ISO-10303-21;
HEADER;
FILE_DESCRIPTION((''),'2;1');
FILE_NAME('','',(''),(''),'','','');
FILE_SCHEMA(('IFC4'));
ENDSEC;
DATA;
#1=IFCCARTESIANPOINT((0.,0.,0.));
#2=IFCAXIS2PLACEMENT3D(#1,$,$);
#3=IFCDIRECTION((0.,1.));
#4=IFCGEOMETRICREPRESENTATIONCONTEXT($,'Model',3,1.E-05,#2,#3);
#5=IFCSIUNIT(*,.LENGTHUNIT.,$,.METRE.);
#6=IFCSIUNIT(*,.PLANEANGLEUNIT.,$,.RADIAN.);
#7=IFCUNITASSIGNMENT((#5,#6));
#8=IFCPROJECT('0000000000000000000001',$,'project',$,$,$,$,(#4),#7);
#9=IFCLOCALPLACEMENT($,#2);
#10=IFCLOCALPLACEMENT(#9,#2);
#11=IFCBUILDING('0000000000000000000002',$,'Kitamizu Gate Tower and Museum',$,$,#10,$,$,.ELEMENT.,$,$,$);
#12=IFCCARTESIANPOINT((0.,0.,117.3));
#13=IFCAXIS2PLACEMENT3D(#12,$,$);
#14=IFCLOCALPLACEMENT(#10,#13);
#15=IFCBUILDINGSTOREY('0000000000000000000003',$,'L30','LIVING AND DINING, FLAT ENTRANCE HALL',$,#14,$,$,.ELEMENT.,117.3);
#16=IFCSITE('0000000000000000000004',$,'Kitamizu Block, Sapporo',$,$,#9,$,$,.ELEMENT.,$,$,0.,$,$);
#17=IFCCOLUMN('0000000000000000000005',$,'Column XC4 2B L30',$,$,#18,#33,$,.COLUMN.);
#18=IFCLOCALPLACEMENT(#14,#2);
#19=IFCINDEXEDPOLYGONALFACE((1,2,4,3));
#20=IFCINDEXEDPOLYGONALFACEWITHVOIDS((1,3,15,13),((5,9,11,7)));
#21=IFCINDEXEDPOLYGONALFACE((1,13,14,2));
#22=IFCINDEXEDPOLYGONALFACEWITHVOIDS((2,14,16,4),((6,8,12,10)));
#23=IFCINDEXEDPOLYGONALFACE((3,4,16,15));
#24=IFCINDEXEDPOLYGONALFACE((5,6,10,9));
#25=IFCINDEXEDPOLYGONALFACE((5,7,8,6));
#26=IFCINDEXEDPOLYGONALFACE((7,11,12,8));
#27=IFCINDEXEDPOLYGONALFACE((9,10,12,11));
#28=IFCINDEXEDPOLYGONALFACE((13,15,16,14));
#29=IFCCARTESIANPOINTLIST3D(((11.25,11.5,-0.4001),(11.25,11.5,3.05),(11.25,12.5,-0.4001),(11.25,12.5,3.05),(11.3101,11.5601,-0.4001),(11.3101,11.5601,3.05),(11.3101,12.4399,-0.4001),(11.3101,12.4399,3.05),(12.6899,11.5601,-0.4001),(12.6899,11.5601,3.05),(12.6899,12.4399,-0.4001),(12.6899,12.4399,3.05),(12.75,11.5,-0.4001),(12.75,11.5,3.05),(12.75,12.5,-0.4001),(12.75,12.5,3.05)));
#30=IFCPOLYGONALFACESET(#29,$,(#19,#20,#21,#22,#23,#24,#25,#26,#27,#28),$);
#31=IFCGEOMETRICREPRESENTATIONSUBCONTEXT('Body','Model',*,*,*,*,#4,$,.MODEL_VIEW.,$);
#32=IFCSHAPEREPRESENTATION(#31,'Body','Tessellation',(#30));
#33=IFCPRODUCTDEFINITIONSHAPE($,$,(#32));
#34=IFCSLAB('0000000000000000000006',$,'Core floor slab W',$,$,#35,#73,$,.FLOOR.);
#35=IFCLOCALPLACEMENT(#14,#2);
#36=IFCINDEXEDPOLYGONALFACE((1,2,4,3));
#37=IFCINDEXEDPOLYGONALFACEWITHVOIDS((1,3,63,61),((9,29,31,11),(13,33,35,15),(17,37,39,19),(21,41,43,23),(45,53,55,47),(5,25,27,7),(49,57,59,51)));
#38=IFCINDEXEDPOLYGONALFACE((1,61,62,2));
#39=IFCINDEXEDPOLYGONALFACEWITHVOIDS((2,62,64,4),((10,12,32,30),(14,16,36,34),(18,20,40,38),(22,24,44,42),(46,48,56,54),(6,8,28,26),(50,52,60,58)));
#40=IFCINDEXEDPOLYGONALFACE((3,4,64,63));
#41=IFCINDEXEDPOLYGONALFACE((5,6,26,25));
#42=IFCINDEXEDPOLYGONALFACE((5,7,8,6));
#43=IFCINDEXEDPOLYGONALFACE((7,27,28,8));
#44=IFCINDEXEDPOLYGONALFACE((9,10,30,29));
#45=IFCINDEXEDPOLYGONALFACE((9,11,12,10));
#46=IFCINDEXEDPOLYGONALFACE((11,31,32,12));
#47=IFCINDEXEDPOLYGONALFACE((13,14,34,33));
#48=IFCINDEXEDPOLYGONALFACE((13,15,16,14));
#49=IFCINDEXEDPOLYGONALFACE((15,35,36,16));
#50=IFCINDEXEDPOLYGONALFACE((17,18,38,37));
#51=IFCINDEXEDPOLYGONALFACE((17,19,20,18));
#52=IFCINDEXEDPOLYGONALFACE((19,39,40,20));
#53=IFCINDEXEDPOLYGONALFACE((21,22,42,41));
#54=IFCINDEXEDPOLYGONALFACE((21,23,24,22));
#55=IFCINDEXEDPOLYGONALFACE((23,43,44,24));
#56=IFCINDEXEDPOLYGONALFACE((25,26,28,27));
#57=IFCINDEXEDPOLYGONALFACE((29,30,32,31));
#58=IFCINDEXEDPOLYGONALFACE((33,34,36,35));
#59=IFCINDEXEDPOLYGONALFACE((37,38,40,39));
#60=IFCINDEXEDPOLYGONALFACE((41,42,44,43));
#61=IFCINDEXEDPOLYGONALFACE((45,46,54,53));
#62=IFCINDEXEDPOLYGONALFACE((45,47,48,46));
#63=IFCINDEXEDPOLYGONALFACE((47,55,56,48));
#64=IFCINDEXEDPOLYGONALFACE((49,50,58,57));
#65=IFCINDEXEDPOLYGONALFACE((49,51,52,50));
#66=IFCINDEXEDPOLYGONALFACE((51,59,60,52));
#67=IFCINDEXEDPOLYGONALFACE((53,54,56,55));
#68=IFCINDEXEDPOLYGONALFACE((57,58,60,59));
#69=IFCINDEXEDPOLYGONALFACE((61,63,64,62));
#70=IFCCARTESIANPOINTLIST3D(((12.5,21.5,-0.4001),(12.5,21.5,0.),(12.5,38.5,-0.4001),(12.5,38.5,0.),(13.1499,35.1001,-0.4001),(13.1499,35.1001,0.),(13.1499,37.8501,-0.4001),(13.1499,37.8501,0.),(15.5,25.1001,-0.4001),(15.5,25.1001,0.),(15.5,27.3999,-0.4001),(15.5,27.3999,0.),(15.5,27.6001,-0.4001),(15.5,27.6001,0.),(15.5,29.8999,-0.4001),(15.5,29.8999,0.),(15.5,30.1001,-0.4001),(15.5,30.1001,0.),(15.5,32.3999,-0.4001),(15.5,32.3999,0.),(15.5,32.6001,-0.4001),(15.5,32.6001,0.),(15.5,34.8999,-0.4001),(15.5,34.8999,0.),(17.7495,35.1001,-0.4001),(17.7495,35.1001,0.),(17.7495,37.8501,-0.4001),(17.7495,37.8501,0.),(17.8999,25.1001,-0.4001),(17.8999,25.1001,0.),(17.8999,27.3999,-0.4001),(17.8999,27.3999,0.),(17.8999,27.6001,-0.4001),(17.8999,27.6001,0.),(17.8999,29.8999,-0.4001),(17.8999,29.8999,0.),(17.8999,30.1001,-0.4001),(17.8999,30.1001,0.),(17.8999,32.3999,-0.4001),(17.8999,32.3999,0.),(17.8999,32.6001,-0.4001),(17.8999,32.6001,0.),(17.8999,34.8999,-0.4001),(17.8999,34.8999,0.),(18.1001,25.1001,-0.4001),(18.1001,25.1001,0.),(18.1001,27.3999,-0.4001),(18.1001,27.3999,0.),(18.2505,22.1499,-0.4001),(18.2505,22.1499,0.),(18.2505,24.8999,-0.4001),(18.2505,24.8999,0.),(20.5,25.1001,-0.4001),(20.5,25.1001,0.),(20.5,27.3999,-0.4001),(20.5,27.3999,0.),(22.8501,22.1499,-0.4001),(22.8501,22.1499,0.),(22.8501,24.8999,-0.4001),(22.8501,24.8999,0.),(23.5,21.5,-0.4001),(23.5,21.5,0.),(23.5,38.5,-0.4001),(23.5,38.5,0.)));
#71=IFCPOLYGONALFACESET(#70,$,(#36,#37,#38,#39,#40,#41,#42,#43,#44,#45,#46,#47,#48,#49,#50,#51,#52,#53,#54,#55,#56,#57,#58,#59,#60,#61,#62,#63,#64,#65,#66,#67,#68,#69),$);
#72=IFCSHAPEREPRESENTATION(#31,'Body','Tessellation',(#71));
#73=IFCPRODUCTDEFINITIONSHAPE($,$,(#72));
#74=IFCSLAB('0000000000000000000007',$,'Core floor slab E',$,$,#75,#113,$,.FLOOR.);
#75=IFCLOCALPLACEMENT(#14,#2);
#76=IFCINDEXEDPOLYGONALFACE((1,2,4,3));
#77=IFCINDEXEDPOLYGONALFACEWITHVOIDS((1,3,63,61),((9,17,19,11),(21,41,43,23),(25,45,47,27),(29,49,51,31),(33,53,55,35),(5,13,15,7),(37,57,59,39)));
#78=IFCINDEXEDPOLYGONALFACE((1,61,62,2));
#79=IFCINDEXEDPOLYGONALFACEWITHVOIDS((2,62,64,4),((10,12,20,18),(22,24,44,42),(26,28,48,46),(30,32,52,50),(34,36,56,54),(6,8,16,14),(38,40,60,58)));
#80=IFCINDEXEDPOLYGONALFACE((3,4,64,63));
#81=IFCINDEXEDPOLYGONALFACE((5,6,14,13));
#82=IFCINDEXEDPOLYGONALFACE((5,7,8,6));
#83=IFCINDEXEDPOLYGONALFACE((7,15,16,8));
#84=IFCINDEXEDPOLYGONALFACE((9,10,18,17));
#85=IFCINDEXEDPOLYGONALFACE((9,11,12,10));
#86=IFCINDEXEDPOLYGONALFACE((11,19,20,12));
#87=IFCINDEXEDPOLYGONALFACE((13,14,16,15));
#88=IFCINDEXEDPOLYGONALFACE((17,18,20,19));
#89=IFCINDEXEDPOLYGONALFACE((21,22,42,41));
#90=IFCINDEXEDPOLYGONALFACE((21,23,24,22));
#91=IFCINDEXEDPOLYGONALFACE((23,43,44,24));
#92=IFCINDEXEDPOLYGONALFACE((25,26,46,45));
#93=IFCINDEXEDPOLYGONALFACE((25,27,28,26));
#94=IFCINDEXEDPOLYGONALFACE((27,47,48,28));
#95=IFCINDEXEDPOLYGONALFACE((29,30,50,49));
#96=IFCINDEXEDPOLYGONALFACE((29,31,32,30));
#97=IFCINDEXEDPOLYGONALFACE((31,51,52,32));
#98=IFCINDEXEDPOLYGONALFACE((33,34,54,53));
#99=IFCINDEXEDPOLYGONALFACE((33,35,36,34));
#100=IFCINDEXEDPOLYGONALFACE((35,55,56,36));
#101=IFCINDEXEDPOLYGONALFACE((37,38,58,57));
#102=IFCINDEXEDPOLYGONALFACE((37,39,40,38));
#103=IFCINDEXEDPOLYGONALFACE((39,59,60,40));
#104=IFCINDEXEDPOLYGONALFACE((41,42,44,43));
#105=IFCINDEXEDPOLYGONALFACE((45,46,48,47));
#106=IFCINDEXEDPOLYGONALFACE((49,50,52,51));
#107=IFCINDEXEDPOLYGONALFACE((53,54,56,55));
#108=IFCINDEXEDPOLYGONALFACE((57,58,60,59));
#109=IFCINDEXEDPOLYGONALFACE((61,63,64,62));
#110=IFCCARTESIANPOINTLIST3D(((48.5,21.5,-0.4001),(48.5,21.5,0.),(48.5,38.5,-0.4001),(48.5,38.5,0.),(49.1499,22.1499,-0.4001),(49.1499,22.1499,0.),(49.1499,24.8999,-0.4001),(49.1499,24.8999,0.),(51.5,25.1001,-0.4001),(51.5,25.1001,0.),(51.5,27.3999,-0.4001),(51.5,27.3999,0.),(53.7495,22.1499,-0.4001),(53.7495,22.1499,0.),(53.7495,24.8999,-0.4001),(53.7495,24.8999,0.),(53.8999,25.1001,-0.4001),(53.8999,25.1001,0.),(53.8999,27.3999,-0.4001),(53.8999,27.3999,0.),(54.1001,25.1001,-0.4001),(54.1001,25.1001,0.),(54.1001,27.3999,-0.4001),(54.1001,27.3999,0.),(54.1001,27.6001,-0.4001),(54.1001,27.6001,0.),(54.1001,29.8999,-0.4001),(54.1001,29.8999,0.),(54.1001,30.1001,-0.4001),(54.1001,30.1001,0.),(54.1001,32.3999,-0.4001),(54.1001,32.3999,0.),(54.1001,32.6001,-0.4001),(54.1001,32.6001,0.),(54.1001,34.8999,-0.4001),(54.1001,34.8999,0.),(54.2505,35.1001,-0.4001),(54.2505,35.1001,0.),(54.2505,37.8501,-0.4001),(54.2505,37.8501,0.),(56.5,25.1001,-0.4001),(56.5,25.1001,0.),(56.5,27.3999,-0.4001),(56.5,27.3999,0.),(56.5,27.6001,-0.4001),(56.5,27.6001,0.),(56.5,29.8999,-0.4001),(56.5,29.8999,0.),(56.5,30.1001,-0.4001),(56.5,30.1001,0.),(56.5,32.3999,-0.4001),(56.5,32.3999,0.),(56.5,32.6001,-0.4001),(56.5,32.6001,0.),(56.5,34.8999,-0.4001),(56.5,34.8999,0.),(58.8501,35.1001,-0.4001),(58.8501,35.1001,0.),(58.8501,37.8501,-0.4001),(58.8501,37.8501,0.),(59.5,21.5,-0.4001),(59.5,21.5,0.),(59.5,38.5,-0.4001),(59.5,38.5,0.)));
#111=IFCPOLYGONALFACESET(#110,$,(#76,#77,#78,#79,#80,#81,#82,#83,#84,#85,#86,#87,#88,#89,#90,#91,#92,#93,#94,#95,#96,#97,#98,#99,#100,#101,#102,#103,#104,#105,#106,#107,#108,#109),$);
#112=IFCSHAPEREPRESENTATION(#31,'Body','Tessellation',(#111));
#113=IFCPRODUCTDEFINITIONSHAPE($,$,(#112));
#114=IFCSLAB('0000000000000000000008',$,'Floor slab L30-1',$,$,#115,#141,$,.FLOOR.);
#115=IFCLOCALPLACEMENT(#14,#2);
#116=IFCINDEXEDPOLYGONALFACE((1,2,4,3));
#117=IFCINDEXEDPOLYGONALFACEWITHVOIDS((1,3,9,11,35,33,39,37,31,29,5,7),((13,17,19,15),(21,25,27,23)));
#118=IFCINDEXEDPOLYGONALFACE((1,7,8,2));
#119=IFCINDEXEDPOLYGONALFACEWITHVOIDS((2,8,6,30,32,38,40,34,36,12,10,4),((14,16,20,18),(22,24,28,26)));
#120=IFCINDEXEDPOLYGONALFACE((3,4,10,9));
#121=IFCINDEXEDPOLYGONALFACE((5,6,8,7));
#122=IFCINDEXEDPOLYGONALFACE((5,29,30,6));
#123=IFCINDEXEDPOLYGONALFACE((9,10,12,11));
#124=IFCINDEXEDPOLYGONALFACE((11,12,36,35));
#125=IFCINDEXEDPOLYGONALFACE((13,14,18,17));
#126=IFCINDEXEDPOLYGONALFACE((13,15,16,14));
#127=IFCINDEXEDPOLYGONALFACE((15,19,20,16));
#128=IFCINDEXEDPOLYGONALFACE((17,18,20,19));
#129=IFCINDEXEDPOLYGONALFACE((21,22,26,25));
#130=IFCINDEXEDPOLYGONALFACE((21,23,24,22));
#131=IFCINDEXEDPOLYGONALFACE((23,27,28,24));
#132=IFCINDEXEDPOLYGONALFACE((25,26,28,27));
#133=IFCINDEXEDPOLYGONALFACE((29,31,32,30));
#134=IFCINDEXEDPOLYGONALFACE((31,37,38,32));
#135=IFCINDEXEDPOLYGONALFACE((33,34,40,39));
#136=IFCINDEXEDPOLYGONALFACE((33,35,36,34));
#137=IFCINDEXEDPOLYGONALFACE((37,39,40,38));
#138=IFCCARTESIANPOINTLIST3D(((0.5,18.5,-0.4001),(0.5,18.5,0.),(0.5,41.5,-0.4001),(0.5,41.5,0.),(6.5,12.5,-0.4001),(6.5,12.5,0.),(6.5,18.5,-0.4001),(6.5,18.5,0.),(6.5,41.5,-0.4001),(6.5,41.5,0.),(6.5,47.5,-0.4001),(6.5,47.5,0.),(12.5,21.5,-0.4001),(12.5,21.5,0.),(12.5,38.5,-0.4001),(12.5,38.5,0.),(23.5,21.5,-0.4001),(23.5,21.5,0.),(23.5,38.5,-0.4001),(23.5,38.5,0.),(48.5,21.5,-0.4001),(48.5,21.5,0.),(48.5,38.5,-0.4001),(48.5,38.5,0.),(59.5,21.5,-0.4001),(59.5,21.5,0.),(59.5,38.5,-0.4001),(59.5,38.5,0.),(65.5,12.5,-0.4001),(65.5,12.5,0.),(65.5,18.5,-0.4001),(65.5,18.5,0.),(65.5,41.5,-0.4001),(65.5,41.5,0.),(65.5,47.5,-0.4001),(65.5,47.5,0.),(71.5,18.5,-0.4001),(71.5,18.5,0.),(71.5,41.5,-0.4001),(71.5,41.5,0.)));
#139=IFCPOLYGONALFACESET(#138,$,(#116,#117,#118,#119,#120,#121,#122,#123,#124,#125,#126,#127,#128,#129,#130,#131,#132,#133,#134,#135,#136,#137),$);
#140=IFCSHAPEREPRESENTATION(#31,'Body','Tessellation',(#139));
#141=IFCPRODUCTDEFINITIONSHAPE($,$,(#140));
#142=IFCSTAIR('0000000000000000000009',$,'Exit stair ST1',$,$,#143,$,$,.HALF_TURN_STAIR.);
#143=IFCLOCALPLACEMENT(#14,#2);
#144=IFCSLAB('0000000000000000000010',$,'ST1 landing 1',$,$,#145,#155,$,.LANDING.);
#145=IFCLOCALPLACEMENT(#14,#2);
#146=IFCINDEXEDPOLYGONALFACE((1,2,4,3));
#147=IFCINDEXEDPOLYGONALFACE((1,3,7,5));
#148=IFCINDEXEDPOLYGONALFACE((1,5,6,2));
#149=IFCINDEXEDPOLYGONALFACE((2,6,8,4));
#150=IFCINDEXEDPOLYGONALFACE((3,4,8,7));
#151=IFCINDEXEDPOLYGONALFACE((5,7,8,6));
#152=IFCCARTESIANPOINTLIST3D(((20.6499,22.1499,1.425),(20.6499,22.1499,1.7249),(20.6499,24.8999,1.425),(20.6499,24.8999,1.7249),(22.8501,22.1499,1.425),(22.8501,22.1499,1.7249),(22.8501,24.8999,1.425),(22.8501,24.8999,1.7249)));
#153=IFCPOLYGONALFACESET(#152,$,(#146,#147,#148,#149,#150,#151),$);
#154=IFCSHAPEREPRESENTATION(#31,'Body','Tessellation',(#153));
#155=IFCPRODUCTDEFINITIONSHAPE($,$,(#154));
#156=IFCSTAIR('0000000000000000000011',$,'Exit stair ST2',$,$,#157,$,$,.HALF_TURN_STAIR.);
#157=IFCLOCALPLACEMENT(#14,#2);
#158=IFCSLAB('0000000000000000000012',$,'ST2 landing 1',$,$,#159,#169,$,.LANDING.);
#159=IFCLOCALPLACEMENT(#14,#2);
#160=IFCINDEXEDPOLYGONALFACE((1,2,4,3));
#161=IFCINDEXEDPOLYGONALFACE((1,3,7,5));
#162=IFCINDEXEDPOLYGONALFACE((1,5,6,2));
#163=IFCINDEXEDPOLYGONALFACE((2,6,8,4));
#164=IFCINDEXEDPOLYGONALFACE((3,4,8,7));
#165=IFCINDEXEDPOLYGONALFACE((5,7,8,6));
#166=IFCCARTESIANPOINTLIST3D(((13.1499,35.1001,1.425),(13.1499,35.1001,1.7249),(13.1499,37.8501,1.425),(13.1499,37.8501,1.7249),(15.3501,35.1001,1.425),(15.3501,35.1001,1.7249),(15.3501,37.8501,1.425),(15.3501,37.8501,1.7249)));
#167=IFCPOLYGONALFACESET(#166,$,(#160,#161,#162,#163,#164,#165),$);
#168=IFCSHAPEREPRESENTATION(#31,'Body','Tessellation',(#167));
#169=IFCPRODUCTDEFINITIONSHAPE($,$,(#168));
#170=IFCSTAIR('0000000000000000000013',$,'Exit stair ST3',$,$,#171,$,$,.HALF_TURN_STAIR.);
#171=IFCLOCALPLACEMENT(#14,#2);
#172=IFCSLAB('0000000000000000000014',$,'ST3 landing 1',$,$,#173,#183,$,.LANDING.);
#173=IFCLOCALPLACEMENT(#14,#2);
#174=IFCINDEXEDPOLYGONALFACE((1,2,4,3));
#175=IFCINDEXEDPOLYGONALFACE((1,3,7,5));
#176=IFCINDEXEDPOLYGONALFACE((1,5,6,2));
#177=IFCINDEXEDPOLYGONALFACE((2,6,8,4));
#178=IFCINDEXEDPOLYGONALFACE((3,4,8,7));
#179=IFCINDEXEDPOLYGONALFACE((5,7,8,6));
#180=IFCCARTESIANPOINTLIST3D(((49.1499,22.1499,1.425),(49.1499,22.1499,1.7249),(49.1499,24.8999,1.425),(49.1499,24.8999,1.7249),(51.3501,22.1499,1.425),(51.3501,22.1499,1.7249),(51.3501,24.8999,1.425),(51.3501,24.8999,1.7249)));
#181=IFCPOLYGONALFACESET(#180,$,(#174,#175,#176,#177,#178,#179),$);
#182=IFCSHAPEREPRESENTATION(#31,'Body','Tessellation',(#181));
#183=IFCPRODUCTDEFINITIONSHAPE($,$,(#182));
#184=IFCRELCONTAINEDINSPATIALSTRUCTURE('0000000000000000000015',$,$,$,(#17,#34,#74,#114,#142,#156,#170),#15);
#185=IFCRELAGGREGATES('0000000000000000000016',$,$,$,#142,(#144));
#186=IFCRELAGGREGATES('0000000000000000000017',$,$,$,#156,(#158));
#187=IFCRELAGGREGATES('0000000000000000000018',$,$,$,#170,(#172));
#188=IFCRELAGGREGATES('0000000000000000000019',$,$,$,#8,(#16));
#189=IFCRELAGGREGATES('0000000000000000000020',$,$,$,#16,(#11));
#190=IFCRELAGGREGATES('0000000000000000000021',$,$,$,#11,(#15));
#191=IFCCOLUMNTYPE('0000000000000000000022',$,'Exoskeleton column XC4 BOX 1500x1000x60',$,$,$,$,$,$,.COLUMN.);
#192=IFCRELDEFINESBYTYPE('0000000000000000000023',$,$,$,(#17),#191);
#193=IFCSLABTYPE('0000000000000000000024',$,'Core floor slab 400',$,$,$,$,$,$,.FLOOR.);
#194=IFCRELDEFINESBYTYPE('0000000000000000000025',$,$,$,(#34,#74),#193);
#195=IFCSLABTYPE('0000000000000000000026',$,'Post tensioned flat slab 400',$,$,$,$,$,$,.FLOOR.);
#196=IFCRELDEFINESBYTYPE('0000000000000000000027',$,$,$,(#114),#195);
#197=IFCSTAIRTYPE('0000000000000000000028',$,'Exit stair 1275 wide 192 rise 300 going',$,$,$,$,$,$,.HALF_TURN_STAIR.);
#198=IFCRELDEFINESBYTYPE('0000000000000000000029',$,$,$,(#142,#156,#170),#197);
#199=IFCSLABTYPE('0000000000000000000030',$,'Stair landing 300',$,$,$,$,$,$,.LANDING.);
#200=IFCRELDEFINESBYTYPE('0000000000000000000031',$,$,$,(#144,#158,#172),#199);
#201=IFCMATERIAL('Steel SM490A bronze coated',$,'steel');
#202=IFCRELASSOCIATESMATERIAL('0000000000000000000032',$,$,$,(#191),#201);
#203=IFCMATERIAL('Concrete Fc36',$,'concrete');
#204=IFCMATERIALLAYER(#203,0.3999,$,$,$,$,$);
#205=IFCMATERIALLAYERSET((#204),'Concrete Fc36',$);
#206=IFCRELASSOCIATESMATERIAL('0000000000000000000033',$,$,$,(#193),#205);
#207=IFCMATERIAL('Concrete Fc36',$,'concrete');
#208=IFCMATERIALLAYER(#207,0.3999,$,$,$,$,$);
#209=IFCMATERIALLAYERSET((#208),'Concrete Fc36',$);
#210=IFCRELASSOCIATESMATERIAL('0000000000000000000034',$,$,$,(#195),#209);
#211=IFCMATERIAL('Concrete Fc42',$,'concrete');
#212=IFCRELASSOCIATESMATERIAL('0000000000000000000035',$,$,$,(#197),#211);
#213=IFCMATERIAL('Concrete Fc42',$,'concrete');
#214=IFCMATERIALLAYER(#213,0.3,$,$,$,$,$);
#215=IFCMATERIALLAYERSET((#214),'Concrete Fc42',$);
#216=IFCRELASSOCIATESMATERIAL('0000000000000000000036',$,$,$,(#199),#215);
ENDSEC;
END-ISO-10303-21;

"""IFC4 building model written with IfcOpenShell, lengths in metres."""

from ifc_helpers import new_model, si_unit, direction, frame, origin, origin_2d, place, context, subcontext, project, spatial, polyline, hollow_rectangle, outline, extrude, material, layer, layer_set, material_profile, profile_set, type_object, element, aggregate, save


model = new_model("IFC4")

# Units and contexts
model_context = context("Model", 3, precision=1e-05, world=origin(), true_north=direction((0.0, 1.0)))
body_context = subcontext(model_context, "Body", "Model", "MODEL_VIEW")
ifc_project = project(units=[si_unit("LENGTHUNIT", "METRE"), si_unit("PLANEANGLEUNIT", "RADIAN")], contexts=[model_context])

# Site, building, storey
site_placement = place(None, origin())
site = spatial("IfcSite", under=ifc_project, at=site_placement, Name="Kitamizu Block, Sapporo", CompositionType="ELEMENT", RefElevation=0.0)
building_placement = place(site_placement, origin())
building = spatial("IfcBuilding", under=site, at=building_placement, Name="Kitamizu Gate Tower and Museum", CompositionType="ELEMENT")
storey_placement = place(building_placement, frame((0.0, 0.0, 117.3)))
storey = spatial("IfcBuildingStorey", under=building, at=storey_placement, Name="L30", Description="LIVING AND DINING, FLAT ENTRANCE HALL", CompositionType="ELEMENT", Elevation=117.3)

# Column
ifc_material_1 = material(Name="Steel SM490A bronze coated", Category="steel")
ifc_material_profile = material_profile(ifc_material_1, hollow_rectangle(XDim=1.5, YDim=1.0, WallThickness=0.0601, at=origin_2d()), Name="BOX 1500x1000x60")
ifc_profile_set = profile_set([ifc_material_profile], Name="Steel SM490A bronze coated")
column_type = type_object("IfcColumnType", Name="Exoskeleton column XC4 BOX 1500x1000x60", PredefinedType="COLUMN", material=ifc_profile_set)
column_placement = place(storey_placement, frame((12.0, 12.0, -0.4001), z_axis=(0.0, 0.0, 1.0), x_axis=(1.0, 0.0, 0.0)))
element("IfcColumn", 1, at=column_placement, inside=storey, type_object=column_type, Name="Column XC4 2B L30", PredefinedType="COLUMN", context=body_context, shape_type="SweptSolid", body=[
    extrude(hollow_rectangle(XDim=1.5, YDim=1.0, WallThickness=0.0601, at=origin_2d()), origin(), (0.0, 0.0, 1.0), 3.4502),
])

# Slabs
ifc_material_2 = material(Name="Concrete Fc36", Category="concrete")
ifc_layer_1 = layer(ifc_material_2, 0.3999)
ifc_layer_set_1 = layer_set([ifc_layer_1], Name="Concrete Fc36")
slab_type_1 = type_object("IfcSlabType", Name="Core floor slab 400", PredefinedType="FLOOR", material=ifc_layer_set_1)
slab_1_placement = place(storey_placement, frame((0.0, 0.0, -0.4001)))
element("IfcSlab", 2, at=slab_1_placement, inside=storey, type_object=slab_type_1, Name="Core floor slab W", PredefinedType="FLOOR", context=body_context, shape_type="SweptSolid", body=[
    extrude(outline(polyline([(12.5, 21.5), (23.5, 21.5), (23.5, 38.5), (12.5, 38.5), (12.5, 21.5)]), holes=[polyline([(15.5, 25.1001), (17.8999, 25.1001), (17.8999, 27.3999), (15.5, 27.3999), (15.5, 25.1001)]), polyline([(15.5, 27.6001), (17.8999, 27.6001), (17.8999, 29.8999), (15.5, 29.8999), (15.5, 27.6001)]), polyline([(15.5, 30.1001), (17.8999, 30.1001), (17.8999, 32.3999), (15.5, 32.3999), (15.5, 30.1001)]), polyline([(15.5, 32.6001), (17.8999, 32.6001), (17.8999, 34.8999), (15.5, 34.8999), (15.5, 32.6001)]), polyline([(18.1001, 25.1001), (20.5, 25.1001), (20.5, 27.3999), (18.1001, 27.3999), (18.1001, 25.1001)]), polyline([(18.2505, 22.1499), (22.8501, 22.1499), (22.8501, 24.8999), (18.2505, 24.8999), (18.2505, 22.1499)]), polyline([(13.1499, 35.1001), (17.7495, 35.1001), (17.7495, 37.8501), (13.1499, 37.8501), (13.1499, 35.1001)])]), origin(), (0.0, 0.0, 1.0), 0.4001),
])
slab_2_placement = place(storey_placement, frame((0.0, 0.0, -0.4001)))
element("IfcSlab", 3, at=slab_2_placement, inside=storey, type_object=slab_type_1, Name="Core floor slab E", PredefinedType="FLOOR", context=body_context, shape_type="SweptSolid", body=[
    extrude(outline(polyline([(48.5, 21.5), (59.5, 21.5), (59.5, 38.5), (48.5, 38.5), (48.5, 21.5)]), holes=[polyline([(54.1001, 25.1001), (56.5, 25.1001), (56.5, 27.3999), (54.1001, 27.3999), (54.1001, 25.1001)]), polyline([(54.1001, 27.6001), (56.5, 27.6001), (56.5, 29.8999), (54.1001, 29.8999), (54.1001, 27.6001)]), polyline([(54.1001, 30.1001), (56.5, 30.1001), (56.5, 32.3999), (54.1001, 32.3999), (54.1001, 30.1001)]), polyline([(54.1001, 32.6001), (56.5, 32.6001), (56.5, 34.8999), (54.1001, 34.8999), (54.1001, 32.6001)]), polyline([(51.5, 25.1001), (53.8999, 25.1001), (53.8999, 27.3999), (51.5, 27.3999), (51.5, 25.1001)]), polyline([(49.1499, 22.1499), (53.7495, 22.1499), (53.7495, 24.8999), (49.1499, 24.8999), (49.1499, 22.1499)]), polyline([(54.2505, 35.1001), (58.8501, 35.1001), (58.8501, 37.8501), (54.2505, 37.8501), (54.2505, 35.1001)])]), origin(), (0.0, 0.0, 1.0), 0.4001),
])
ifc_material_3 = material(Name="Concrete Fc36", Category="concrete")
ifc_layer_2 = layer(ifc_material_3, 0.3999)
ifc_layer_set_2 = layer_set([ifc_layer_2], Name="Concrete Fc36")
slab_type_2 = type_object("IfcSlabType", Name="Post tensioned flat slab 400", PredefinedType="FLOOR", material=ifc_layer_set_2)
slab_3_placement = place(storey_placement, frame((0.0, 0.0, -0.4001)))
element("IfcSlab", 4, at=slab_3_placement, inside=storey, type_object=slab_type_2, Name="Floor slab L30-1", PredefinedType="FLOOR", context=body_context, shape_type="SweptSolid", body=[
    extrude(outline(polyline([(0.5, 18.5), (0.5, 41.5), (6.5, 41.5), (6.5, 47.5), (65.5, 47.5), (65.5, 41.5), (71.5, 41.5), (71.5, 18.5), (65.5, 18.5), (65.5, 12.5), (6.5, 12.5), (6.5, 18.5), (0.5, 18.5)]), holes=[polyline([(59.5, 38.5), (48.5, 38.5), (48.5, 21.5), (59.5, 21.5), (59.5, 38.5)]), polyline([(12.5, 38.5), (12.5, 21.5), (23.5, 21.5), (23.5, 38.5), (12.5, 38.5)])]), origin(), (0.0, 0.0, 1.0), 0.4001),
])

# Stairs, slabs
ifc_material_4 = material(Name="Concrete Fc42", Category="concrete")
stair_type = type_object("IfcStairType", Name="Exit stair 1275 wide 192 rise 300 going", PredefinedType="HALF_TURN_STAIR", material=ifc_material_4)
stair_1_placement = place(storey_placement, origin())
stair_1 = element("IfcStair", 5, at=stair_1_placement, inside=storey, type_object=stair_type, Name="Exit stair ST1", PredefinedType="HALF_TURN_STAIR")
ifc_material_5 = material(Name="Concrete Fc42", Category="concrete")
ifc_layer_3 = layer(ifc_material_5, 0.3)
ifc_layer_set_3 = layer_set([ifc_layer_3], Name="Concrete Fc42")
slab_type_3 = type_object("IfcSlabType", Name="Stair landing 300", PredefinedType="LANDING", material=ifc_layer_set_3)
slab_4_placement = place(storey_placement, frame((0.0, 0.0, 1.425)))
slab_4 = element("IfcSlab", 6, at=slab_4_placement, type_object=slab_type_3, Name="ST1 landing 1", PredefinedType="LANDING", context=body_context, shape_type="SweptSolid", body=[
    extrude(outline(polyline([(20.6499, 22.1499), (22.8501, 22.1499), (22.8501, 24.8999), (20.6499, 24.8999), (20.6499, 22.1499)])), origin(), (0.0, 0.0, 1.0), 0.2998),
])
aggregate(stair_1, [slab_4])
stair_2_placement = place(storey_placement, origin())
stair_2 = element("IfcStair", 7, at=stair_2_placement, inside=storey, type_object=stair_type, Name="Exit stair ST2", PredefinedType="HALF_TURN_STAIR")
slab_5_placement = place(storey_placement, frame((0.0, 0.0, 1.425)))
slab_5 = element("IfcSlab", 8, at=slab_5_placement, type_object=slab_type_3, Name="ST2 landing 1", PredefinedType="LANDING", context=body_context, shape_type="SweptSolid", body=[
    extrude(outline(polyline([(13.1499, 35.1001), (15.3501, 35.1001), (15.3501, 37.8501), (13.1499, 37.8501), (13.1499, 35.1001)])), origin(), (0.0, 0.0, 1.0), 0.2998),
])
aggregate(stair_2, [slab_5])
stair_3_placement = place(storey_placement, origin())
stair_3 = element("IfcStair", 9, at=stair_3_placement, inside=storey, type_object=stair_type, Name="Exit stair ST3", PredefinedType="HALF_TURN_STAIR")
slab_6_placement = place(storey_placement, frame((0.0, 0.0, 1.425)))
slab_6 = element("IfcSlab", 10, at=slab_6_placement, type_object=slab_type_3, Name="ST3 landing 1", PredefinedType="LANDING", context=body_context, shape_type="SweptSolid", body=[
    extrude(outline(polyline([(49.1499, 22.1499), (51.3501, 22.1499), (51.3501, 24.8999), (49.1499, 24.8999), (49.1499, 22.1499)])), origin(), (0.0, 0.0, 1.0), 0.2998),
])
aggregate(stair_3, [slab_6])

save(model, "model.ifc")
